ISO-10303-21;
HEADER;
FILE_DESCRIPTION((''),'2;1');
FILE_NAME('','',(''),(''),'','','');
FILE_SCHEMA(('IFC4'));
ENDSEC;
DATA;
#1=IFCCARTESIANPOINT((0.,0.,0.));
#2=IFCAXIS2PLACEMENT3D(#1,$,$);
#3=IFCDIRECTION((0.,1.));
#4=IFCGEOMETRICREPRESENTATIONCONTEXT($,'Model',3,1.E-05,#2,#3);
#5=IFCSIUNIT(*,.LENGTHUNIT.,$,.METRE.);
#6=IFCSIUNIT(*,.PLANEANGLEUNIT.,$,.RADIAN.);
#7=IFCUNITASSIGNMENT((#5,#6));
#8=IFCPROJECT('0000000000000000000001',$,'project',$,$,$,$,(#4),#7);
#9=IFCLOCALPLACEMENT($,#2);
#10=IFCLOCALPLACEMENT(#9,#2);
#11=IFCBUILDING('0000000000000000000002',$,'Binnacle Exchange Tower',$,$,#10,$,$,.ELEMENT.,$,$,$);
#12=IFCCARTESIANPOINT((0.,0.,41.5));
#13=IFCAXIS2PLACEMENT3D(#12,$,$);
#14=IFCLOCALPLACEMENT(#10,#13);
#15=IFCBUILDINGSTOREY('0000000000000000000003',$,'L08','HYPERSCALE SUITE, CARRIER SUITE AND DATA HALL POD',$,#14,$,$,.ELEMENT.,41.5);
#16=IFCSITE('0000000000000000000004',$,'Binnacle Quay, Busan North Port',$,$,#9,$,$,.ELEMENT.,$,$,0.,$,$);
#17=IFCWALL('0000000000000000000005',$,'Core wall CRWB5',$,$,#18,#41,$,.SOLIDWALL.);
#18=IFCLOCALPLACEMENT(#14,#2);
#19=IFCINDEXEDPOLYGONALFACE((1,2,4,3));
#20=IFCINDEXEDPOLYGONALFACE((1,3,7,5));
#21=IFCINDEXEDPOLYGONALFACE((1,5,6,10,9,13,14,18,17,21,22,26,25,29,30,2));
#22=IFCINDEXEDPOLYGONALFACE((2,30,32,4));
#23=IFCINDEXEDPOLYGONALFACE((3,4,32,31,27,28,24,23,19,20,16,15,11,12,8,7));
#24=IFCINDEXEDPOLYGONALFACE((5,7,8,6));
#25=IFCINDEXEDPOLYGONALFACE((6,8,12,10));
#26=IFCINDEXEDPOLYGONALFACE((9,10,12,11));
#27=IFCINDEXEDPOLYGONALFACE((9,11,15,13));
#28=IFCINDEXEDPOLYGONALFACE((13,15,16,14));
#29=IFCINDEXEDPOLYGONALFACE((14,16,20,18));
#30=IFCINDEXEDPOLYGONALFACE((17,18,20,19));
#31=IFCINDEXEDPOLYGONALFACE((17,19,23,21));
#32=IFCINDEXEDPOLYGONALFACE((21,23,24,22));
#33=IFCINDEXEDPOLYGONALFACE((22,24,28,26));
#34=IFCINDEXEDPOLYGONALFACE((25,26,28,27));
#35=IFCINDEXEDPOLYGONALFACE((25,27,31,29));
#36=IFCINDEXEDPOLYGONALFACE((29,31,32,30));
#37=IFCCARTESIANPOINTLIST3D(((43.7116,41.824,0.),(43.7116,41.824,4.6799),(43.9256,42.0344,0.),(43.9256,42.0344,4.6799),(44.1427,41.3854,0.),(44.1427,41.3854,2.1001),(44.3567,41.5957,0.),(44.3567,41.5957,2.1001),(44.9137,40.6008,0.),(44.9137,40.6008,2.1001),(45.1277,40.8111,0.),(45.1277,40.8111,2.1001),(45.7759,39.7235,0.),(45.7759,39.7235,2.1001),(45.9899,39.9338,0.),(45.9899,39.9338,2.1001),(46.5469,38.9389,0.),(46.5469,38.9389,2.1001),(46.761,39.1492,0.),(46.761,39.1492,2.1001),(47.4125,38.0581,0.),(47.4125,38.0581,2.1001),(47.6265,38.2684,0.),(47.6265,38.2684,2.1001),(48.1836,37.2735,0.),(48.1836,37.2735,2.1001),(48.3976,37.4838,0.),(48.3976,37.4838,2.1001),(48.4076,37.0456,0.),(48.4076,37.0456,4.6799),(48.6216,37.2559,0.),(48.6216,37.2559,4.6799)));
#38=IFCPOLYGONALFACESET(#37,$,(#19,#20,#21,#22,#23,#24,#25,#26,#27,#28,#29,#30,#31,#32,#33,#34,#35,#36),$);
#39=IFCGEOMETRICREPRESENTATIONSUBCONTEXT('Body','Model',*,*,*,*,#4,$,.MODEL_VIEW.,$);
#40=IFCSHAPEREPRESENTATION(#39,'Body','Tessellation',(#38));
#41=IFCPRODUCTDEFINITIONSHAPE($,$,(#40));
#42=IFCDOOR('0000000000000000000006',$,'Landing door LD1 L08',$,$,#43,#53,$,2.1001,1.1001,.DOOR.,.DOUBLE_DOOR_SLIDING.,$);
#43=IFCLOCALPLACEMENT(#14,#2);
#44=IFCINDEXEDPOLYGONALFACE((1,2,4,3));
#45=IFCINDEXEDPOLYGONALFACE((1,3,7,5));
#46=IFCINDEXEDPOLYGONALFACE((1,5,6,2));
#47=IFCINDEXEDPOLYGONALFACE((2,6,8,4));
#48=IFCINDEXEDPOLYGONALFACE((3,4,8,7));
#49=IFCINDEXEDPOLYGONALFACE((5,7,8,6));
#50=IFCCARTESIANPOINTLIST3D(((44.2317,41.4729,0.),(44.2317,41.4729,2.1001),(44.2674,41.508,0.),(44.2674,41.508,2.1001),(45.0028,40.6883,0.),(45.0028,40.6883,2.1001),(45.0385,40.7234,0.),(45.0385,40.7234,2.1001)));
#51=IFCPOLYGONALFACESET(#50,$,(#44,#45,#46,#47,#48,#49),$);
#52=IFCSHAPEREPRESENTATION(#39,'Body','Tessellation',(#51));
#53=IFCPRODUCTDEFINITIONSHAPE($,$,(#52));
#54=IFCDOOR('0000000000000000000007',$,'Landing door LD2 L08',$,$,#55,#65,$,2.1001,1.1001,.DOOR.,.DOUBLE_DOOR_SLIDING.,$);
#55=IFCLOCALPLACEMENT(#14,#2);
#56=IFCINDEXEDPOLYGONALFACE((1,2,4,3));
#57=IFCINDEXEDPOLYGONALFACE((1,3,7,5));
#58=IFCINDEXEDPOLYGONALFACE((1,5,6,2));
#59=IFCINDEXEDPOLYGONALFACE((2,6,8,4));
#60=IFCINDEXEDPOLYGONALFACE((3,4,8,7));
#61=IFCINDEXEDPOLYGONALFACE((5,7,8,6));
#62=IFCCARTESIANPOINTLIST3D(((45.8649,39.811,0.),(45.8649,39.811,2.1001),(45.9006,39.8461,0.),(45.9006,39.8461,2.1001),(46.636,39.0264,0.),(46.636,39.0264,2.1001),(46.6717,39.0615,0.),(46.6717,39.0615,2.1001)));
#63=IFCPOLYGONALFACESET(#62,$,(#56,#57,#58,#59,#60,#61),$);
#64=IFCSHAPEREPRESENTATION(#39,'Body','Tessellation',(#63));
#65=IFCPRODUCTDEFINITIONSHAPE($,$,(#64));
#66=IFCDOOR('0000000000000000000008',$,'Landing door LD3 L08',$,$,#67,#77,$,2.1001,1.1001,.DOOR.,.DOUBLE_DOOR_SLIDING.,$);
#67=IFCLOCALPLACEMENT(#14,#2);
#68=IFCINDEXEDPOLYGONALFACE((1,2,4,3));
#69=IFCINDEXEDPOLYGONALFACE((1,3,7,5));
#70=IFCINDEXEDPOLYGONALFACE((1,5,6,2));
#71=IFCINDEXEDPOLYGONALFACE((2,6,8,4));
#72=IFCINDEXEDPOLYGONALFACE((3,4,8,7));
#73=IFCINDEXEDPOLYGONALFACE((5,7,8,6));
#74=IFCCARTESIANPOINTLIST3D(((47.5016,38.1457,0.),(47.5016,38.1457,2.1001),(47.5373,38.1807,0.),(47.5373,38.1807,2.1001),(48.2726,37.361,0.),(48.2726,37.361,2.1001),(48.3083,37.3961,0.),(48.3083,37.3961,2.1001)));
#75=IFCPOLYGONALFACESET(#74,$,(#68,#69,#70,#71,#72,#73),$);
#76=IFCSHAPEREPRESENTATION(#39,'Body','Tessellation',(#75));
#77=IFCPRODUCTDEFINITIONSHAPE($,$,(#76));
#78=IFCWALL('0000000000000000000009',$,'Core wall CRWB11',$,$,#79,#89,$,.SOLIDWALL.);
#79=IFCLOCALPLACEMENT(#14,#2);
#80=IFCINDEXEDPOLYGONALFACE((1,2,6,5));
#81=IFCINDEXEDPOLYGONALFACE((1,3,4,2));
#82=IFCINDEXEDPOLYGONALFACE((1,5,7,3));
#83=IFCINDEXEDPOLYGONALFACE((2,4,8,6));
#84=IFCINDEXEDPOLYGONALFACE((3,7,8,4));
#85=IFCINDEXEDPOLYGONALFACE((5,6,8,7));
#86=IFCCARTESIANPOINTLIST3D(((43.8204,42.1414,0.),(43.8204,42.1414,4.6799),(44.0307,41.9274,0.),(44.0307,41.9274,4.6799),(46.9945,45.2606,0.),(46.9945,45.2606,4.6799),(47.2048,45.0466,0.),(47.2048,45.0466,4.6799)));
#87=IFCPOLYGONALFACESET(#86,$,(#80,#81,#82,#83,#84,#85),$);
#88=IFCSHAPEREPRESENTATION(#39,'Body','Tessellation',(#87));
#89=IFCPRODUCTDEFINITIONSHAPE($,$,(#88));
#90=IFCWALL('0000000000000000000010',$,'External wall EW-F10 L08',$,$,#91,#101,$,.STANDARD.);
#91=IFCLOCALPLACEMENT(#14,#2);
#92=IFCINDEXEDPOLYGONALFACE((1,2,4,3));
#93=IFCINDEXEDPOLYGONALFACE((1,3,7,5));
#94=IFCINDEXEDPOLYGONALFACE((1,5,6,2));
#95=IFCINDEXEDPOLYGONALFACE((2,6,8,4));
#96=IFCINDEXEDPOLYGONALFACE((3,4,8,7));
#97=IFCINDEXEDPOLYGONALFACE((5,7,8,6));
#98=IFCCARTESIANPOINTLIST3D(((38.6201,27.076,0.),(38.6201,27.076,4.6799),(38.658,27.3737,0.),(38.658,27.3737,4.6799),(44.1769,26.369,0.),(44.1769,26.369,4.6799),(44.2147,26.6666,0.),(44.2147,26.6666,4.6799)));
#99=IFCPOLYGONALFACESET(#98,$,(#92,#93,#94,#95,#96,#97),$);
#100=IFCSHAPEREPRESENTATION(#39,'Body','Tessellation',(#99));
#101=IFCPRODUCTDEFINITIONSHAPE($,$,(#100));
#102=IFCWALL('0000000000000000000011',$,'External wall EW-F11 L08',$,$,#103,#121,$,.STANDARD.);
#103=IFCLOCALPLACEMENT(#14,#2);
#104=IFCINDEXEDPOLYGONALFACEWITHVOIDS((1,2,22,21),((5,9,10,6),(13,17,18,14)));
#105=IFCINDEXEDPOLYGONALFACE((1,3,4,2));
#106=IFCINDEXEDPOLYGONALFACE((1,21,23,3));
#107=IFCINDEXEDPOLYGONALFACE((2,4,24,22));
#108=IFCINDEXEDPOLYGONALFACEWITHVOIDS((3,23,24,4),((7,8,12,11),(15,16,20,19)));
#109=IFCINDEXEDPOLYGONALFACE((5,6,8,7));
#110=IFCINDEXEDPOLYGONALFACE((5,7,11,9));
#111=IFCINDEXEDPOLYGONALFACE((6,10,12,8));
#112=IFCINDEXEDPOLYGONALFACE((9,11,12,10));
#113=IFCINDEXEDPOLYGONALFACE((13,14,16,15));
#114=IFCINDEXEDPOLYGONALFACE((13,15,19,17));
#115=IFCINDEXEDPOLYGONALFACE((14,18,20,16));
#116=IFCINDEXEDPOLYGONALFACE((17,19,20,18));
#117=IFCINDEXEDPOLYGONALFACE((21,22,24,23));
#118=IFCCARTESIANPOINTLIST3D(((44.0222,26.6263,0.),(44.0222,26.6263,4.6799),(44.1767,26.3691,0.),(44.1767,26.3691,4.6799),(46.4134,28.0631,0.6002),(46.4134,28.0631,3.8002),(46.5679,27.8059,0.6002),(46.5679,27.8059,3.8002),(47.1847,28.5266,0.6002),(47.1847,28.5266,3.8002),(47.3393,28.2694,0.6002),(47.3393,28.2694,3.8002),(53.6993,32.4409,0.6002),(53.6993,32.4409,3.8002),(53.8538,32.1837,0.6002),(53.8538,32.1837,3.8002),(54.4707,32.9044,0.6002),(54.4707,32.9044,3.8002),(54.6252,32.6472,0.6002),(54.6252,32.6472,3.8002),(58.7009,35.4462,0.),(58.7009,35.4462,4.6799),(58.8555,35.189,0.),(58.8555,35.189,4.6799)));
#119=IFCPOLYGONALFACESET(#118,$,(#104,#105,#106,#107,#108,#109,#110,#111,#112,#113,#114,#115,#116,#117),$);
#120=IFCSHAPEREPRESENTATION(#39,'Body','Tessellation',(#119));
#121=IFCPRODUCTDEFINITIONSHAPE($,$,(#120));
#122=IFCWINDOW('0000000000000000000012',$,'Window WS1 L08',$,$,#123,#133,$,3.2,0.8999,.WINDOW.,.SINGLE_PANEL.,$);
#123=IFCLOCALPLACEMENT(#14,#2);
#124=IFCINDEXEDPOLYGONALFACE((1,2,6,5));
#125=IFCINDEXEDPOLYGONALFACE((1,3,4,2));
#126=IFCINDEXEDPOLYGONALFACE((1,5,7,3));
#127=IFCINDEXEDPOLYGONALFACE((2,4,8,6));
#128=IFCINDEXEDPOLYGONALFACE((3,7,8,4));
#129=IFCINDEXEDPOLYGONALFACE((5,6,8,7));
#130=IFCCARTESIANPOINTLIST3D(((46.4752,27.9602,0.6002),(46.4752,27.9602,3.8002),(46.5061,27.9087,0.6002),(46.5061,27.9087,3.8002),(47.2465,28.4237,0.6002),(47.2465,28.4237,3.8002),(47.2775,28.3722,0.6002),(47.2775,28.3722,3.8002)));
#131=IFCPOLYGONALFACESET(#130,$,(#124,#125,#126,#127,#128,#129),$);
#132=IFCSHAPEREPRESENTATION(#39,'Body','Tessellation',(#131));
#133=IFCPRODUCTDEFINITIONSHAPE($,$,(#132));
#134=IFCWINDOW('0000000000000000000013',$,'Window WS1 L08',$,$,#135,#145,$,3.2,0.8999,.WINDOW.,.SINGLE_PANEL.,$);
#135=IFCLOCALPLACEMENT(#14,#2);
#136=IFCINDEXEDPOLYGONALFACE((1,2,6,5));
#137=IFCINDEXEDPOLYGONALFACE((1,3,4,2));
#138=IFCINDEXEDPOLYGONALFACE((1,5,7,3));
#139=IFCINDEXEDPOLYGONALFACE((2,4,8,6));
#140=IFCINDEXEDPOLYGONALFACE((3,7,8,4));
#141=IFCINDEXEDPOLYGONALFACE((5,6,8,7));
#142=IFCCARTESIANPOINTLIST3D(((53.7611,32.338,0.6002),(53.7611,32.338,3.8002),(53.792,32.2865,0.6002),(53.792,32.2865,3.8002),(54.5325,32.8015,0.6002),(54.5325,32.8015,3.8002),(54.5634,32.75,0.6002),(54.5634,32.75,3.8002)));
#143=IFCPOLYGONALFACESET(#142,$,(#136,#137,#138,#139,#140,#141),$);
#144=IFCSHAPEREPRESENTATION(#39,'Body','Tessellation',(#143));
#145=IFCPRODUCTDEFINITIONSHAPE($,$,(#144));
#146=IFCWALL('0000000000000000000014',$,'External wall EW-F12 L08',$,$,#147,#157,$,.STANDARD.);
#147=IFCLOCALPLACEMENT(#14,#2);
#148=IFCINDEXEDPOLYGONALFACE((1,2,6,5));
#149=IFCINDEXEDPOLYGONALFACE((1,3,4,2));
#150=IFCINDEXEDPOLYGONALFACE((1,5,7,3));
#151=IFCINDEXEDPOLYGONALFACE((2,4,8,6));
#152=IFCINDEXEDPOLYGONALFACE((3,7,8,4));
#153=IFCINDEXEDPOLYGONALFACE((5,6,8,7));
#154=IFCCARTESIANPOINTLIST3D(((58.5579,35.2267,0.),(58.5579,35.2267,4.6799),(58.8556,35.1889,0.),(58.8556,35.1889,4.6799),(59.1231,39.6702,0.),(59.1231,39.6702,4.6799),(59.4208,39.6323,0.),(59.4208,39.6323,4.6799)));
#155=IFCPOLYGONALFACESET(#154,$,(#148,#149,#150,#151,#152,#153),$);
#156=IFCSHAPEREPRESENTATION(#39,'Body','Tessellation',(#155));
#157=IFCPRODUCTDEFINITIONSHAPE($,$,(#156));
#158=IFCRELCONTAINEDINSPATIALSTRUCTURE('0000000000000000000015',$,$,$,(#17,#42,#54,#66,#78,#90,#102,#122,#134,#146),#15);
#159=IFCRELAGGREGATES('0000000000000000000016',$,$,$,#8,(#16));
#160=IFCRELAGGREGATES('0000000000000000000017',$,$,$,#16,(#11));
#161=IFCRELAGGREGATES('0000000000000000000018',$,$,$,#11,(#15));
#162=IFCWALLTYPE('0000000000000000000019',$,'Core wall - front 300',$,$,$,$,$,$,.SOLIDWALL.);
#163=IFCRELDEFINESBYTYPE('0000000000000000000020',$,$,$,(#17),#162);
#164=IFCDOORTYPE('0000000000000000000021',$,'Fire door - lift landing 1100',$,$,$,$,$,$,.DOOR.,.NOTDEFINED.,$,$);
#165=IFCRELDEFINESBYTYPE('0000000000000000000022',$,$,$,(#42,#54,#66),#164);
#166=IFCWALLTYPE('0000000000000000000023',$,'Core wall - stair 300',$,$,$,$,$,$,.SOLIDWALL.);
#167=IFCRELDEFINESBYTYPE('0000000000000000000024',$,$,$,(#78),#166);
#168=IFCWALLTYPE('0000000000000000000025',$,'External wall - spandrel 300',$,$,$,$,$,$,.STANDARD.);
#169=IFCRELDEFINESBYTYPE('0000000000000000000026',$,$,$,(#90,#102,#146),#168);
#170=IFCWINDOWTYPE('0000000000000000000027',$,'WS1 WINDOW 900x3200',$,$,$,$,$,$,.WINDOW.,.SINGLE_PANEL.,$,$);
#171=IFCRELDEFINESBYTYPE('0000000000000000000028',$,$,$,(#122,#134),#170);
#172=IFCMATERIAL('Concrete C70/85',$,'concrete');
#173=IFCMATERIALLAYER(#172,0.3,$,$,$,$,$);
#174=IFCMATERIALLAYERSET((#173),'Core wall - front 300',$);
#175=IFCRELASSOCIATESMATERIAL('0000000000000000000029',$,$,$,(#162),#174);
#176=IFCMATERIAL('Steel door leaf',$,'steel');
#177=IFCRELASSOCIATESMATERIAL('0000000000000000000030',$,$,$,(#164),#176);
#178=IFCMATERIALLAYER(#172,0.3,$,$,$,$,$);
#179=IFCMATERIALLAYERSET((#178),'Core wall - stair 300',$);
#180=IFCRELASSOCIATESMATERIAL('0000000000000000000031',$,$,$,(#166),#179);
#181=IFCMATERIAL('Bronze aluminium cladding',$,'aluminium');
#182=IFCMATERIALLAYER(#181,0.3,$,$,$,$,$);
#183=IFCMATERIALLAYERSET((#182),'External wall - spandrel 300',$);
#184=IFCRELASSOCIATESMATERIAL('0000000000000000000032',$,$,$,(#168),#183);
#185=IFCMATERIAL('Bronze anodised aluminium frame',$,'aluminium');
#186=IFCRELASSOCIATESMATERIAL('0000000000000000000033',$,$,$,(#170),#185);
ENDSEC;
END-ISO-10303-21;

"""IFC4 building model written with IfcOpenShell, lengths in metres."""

from ifc_helpers import new_model, si_unit, direction, frame, frame_2d, origin, place, context, subcontext, project, spatial, rectangle, extrude, material, layer, layer_set, type_object, element, fill, save


model = new_model("IFC4")

# Units and contexts
model_context = context("Model", 3, precision=1e-05, world=origin(), true_north=direction((0.0, 1.0)))
body_context = subcontext(model_context, "Body", "Model", "MODEL_VIEW")
ifc_project = project(units=[si_unit("LENGTHUNIT", "METRE"), si_unit("PLANEANGLEUNIT", "RADIAN")], contexts=[model_context])

# Site, building, storey
site_placement = place(None, origin())
site = spatial("IfcSite", under=ifc_project, at=site_placement, Name="Binnacle Quay, Busan North Port", CompositionType="ELEMENT", RefElevation=0.0)
building_placement = place(site_placement, origin())
building = spatial("IfcBuilding", under=site, at=building_placement, Name="Binnacle Exchange Tower", CompositionType="ELEMENT")
storey_placement = place(building_placement, frame((0.0, 0.0, 41.5)))
storey = spatial("IfcBuildingStorey", under=building, at=storey_placement, Name="L08", Description="HYPERSCALE SUITE, CARRIER SUITE AND DATA HALL POD", CompositionType="ELEMENT", Elevation=41.5)

# Shared definitions
ifc_material_1 = material(Name="Concrete C70/85", Category="concrete")

# Wall, openings, doors
ifc_layer_1 = layer(ifc_material_1, 0.3)
ifc_layer_set_1 = layer_set([ifc_layer_1], Name="Core wall - front 300")
wall_type_1 = type_object("IfcWallType", Name="Core wall - front 300", PredefinedType="SOLIDWALL", material=ifc_layer_set_1)
wall_1_placement = place(storey_placement, frame((43.8186, 41.9292, 0.0), z_axis=(0.0, 0.0, 1.0), x_axis=(0.700922, -0.713238, 0.0)))
wall_1 = element("IfcWall", 1, at=wall_1_placement, inside=storey, type_object=wall_type_1, Name="Core wall CRWB5", PredefinedType="SOLIDWALL", context=body_context, shape_type="SweptSolid", body=[
    extrude(rectangle(XDim=6.6997, YDim=0.3, at=frame_2d((3.3499, 0.0))), origin(), (0.0, 0.0, 1.0), 4.6799),
])
opening_1_placement = place(wall_1_placement, frame((0.615, 0.0, 0.0)))
opening_1 = element("IfcOpeningElement", 2, at=opening_1_placement, cuts=wall_1, PredefinedType="OPENING", context=body_context, shape_type="SweptSolid", body=[
    extrude(rectangle(XDim=1.1001, YDim=2.1001, at=frame_2d((0.55, 1.05))), frame((0.0, 0.1599, 0.0), z_axis=(0.0, -1.0, 0.0), x_axis=(1.0, 0.0, 0.0)), (0.0, 0.0, 1.0), 0.3201),
])
opening_2_placement = place(wall_1_placement, frame((2.9451, 0.0, 0.0)))
opening_2 = element("IfcOpeningElement", 3, at=opening_2_placement, cuts=wall_1, PredefinedType="OPENING", context=body_context, shape_type="SweptSolid", body=[
    extrude(rectangle(XDim=1.1001, YDim=2.1001, at=frame_2d((0.55, 1.05))), frame((0.0, 0.1599, 0.0), z_axis=(0.0, -1.0, 0.0), x_axis=(1.0, 0.0, 0.0)), (0.0, 0.0, 1.0), 0.3201),
])
opening_3_placement = place(wall_1_placement, frame((5.28, 0.0, 0.0)))
opening_3 = element("IfcOpeningElement", 4, at=opening_3_placement, cuts=wall_1, PredefinedType="OPENING", context=body_context, shape_type="SweptSolid", body=[
    extrude(rectangle(XDim=1.1001, YDim=2.1001, at=frame_2d((0.55, 1.05))), frame((0.0, 0.1599, 0.0), z_axis=(0.0, -1.0, 0.0), x_axis=(1.0, 0.0, 0.0)), (0.0, 0.0, 1.0), 0.3201),
])
ifc_material_2 = material(Name="Steel door leaf", Category="steel")
door_type_1 = type_object("IfcDoorType", Name="Fire door - lift landing 1100", OperationType="NOTDEFINED", PredefinedType="DOOR", material=ifc_material_2)
door_1_placement = place(opening_1_placement, origin())
door_1 = element("IfcDoor", 5, at=door_1_placement, inside=storey, type_object=door_type_1, Name="Landing door LD1 L08", OperationType="DOUBLE_DOOR_SLIDING", OverallHeight=2.1001, OverallWidth=1.1001, PredefinedType="DOOR", context=body_context, shape_type="SweptSolid", body=[
    extrude(rectangle(XDim=1.1001, YDim=2.1001, at=frame_2d((0.55, 1.05))), frame((0.0, 0.0249, 0.0), z_axis=(0.0, -1.0, 0.0), x_axis=(1.0, 0.0, 0.0)), (0.0, 0.0, 1.0), 0.05),
])
fill(opening_1, door_1)
door_2_placement = place(opening_2_placement, origin())
door_2 = element("IfcDoor", 6, at=door_2_placement, inside=storey, type_object=door_type_1, Name="Landing door LD2 L08", OperationType="DOUBLE_DOOR_SLIDING", OverallHeight=2.1001, OverallWidth=1.1001, PredefinedType="DOOR", context=body_context, shape_type="SweptSolid", body=[
    extrude(rectangle(XDim=1.1001, YDim=2.1001, at=frame_2d((0.55, 1.05))), frame((0.0, 0.0249, 0.0), z_axis=(0.0, -1.0, 0.0), x_axis=(1.0, 0.0, 0.0)), (0.0, 0.0, 1.0), 0.05),
])
fill(opening_2, door_2)
door_3_placement = place(opening_3_placement, origin())
door_3 = element("IfcDoor", 7, at=door_3_placement, inside=storey, type_object=door_type_1, Name="Landing door LD3 L08", OperationType="DOUBLE_DOOR_SLIDING", OverallHeight=2.1001, OverallWidth=1.1001, PredefinedType="DOOR", context=body_context, shape_type="SweptSolid", body=[
    extrude(rectangle(XDim=1.1001, YDim=2.1001, at=frame_2d((0.55, 1.05))), frame((0.0, 0.0249, 0.0), z_axis=(0.0, -1.0, 0.0), x_axis=(1.0, 0.0, 0.0)), (0.0, 0.0, 1.0), 0.05),
])
fill(opening_3, door_3)

# Walls
ifc_layer_2 = layer(ifc_material_1, 0.3)
ifc_layer_set_2 = layer_set([ifc_layer_2], Name="Core wall - stair 300")
wall_type_2 = type_object("IfcWallType", Name="Core wall - stair 300", PredefinedType="SOLIDWALL", material=ifc_layer_set_2)
wall_2_placement = place(storey_placement, frame((43.9255, 42.0344, 0.0), z_axis=(0.0, 0.0, 1.0), x_axis=(0.713252, 0.700908, 0.0)))
element("IfcWall", 8, at=wall_2_placement, inside=storey, type_object=wall_type_2, Name="Core wall CRWB11", PredefinedType="SOLIDWALL", context=body_context, shape_type="SweptSolid", body=[
    extrude(rectangle(XDim=4.4502, YDim=0.3, at=frame_2d((2.2251, 0.0))), origin(), (0.0, 0.0, 1.0), 4.6799),
])
ifc_material_3 = material(Name="Bronze aluminium cladding", Category="aluminium")
ifc_layer_3 = layer(ifc_material_3, 0.3)
ifc_layer_set_3 = layer_set([ifc_layer_3], Name="External wall - spandrel 300")
wall_type_3 = type_object("IfcWallType", Name="External wall - spandrel 300", PredefinedType="STANDARD", material=ifc_layer_set_3)
wall_3_placement = place(storey_placement, frame((44.1958, 26.5178, 0.0), z_axis=(0.0, 0.0, 1.0), x_axis=(-0.992002, 0.126223, 0.0)))
element("IfcWall", 9, at=wall_3_placement, inside=storey, type_object=wall_type_3, Name="External wall EW-F10 L08", PredefinedType="STANDARD", context=body_context, shape_type="SweptSolid", body=[
    extrude(rectangle(XDim=5.6016, YDim=0.3, at=frame_2d((2.8008, 0.0))), origin(), (0.0, 0.0, 1.0), 4.6799),
])

# Wall, openings, windows
wall_4_placement = place(storey_placement, frame((58.7783, 35.3176, 0.0), z_axis=(0.0, 0.0, 1.0), x_axis=(-0.857168, -0.515037, 0.0)))
wall_4 = element("IfcWall", 10, at=wall_4_placement, inside=storey, type_object=wall_type_3, Name="External wall EW-F11 L08", PredefinedType="STANDARD", context=body_context, shape_type="SweptSolid", body=[
    extrude(rectangle(XDim=17.1248, YDim=0.3, at=frame_2d((8.5625, 0.0))), origin(), (0.0, 0.0, 1.0), 4.6799),
])
opening_4_placement = place(wall_4_placement, frame((13.4353, 0.0, 0.6001)))
opening_4 = element("IfcOpeningElement", 11, at=opening_4_placement, cuts=wall_4, PredefinedType="OPENING", context=body_context, shape_type="SweptSolid", body=[
    extrude(rectangle(XDim=0.8999, YDim=3.2, at=frame_2d((0.45, 1.6001))), frame((0.0, 0.1599, 0.0), z_axis=(0.0, -1.0, 0.0), x_axis=(1.0, 0.0, 0.0)), (0.0, 0.0, 1.0), 0.3201),
])
opening_5_placement = place(wall_4_placement, frame((4.9353, 0.0, 0.6001)))
opening_5 = element("IfcOpeningElement", 12, at=opening_5_placement, cuts=wall_4, PredefinedType="OPENING", context=body_context, shape_type="SweptSolid", body=[
    extrude(rectangle(XDim=0.8999, YDim=3.2, at=frame_2d((0.45, 1.6001))), frame((0.0, 0.1599, 0.0), z_axis=(0.0, -1.0, 0.0), x_axis=(1.0, 0.0, 0.0)), (0.0, 0.0, 1.0), 0.3201),
])
ifc_material_4 = material(Name="Bronze anodised aluminium frame", Category="aluminium")
window_type = type_object("IfcWindowType", Name="WS1 WINDOW 900x3200", PartitioningType="SINGLE_PANEL", PredefinedType="WINDOW", material=ifc_material_4)
window_1_placement = place(opening_4_placement, origin())
window_1 = element("IfcWindow", 13, at=window_1_placement, inside=storey, type_object=window_type, Name="Window WS1 L08", OverallHeight=3.2, OverallWidth=0.8999, PartitioningType="SINGLE_PANEL", PredefinedType="WINDOW", context=body_context, shape_type="SweptSolid", body=[
    extrude(rectangle(XDim=0.8999, YDim=3.2, at=frame_2d((0.45, 1.6001))), frame((0.0, 0.03, 0.0), z_axis=(0.0, -1.0, 0.0), x_axis=(1.0, 0.0, 0.0)), (0.0, 0.0, 1.0), 0.0601),
])
fill(opening_4, window_1)
window_2_placement = place(opening_5_placement, origin())
window_2 = element("IfcWindow", 14, at=window_2_placement, inside=storey, type_object=window_type, Name="Window WS1 L08", OverallHeight=3.2, OverallWidth=0.8999, PartitioningType="SINGLE_PANEL", PredefinedType="WINDOW", context=body_context, shape_type="SweptSolid", body=[
    extrude(rectangle(XDim=0.8999, YDim=3.2, at=frame_2d((0.45, 1.6001))), frame((0.0, 0.03, 0.0), z_axis=(0.0, -1.0, 0.0), x_axis=(1.0, 0.0, 0.0)), (0.0, 0.0, 1.0), 0.0601),
])
fill(opening_5, window_2)

# Wall
wall_5_placement = place(storey_placement, frame((59.272, 39.6514, 0.0), z_axis=(0.0, 0.0, 1.0), x_axis=(-0.126181, -0.992007, 0.0)))
element("IfcWall", 15, at=wall_5_placement, inside=storey, type_object=wall_type_3, Name="External wall EW-F12 L08", PredefinedType="STANDARD", context=body_context, shape_type="SweptSolid", body=[
    extrude(rectangle(XDim=4.4792, YDim=0.3, at=frame_2d((2.2397, 0.0))), origin(), (0.0, 0.0, 1.0), 4.6799),
])

save(model, "model.ifc")
